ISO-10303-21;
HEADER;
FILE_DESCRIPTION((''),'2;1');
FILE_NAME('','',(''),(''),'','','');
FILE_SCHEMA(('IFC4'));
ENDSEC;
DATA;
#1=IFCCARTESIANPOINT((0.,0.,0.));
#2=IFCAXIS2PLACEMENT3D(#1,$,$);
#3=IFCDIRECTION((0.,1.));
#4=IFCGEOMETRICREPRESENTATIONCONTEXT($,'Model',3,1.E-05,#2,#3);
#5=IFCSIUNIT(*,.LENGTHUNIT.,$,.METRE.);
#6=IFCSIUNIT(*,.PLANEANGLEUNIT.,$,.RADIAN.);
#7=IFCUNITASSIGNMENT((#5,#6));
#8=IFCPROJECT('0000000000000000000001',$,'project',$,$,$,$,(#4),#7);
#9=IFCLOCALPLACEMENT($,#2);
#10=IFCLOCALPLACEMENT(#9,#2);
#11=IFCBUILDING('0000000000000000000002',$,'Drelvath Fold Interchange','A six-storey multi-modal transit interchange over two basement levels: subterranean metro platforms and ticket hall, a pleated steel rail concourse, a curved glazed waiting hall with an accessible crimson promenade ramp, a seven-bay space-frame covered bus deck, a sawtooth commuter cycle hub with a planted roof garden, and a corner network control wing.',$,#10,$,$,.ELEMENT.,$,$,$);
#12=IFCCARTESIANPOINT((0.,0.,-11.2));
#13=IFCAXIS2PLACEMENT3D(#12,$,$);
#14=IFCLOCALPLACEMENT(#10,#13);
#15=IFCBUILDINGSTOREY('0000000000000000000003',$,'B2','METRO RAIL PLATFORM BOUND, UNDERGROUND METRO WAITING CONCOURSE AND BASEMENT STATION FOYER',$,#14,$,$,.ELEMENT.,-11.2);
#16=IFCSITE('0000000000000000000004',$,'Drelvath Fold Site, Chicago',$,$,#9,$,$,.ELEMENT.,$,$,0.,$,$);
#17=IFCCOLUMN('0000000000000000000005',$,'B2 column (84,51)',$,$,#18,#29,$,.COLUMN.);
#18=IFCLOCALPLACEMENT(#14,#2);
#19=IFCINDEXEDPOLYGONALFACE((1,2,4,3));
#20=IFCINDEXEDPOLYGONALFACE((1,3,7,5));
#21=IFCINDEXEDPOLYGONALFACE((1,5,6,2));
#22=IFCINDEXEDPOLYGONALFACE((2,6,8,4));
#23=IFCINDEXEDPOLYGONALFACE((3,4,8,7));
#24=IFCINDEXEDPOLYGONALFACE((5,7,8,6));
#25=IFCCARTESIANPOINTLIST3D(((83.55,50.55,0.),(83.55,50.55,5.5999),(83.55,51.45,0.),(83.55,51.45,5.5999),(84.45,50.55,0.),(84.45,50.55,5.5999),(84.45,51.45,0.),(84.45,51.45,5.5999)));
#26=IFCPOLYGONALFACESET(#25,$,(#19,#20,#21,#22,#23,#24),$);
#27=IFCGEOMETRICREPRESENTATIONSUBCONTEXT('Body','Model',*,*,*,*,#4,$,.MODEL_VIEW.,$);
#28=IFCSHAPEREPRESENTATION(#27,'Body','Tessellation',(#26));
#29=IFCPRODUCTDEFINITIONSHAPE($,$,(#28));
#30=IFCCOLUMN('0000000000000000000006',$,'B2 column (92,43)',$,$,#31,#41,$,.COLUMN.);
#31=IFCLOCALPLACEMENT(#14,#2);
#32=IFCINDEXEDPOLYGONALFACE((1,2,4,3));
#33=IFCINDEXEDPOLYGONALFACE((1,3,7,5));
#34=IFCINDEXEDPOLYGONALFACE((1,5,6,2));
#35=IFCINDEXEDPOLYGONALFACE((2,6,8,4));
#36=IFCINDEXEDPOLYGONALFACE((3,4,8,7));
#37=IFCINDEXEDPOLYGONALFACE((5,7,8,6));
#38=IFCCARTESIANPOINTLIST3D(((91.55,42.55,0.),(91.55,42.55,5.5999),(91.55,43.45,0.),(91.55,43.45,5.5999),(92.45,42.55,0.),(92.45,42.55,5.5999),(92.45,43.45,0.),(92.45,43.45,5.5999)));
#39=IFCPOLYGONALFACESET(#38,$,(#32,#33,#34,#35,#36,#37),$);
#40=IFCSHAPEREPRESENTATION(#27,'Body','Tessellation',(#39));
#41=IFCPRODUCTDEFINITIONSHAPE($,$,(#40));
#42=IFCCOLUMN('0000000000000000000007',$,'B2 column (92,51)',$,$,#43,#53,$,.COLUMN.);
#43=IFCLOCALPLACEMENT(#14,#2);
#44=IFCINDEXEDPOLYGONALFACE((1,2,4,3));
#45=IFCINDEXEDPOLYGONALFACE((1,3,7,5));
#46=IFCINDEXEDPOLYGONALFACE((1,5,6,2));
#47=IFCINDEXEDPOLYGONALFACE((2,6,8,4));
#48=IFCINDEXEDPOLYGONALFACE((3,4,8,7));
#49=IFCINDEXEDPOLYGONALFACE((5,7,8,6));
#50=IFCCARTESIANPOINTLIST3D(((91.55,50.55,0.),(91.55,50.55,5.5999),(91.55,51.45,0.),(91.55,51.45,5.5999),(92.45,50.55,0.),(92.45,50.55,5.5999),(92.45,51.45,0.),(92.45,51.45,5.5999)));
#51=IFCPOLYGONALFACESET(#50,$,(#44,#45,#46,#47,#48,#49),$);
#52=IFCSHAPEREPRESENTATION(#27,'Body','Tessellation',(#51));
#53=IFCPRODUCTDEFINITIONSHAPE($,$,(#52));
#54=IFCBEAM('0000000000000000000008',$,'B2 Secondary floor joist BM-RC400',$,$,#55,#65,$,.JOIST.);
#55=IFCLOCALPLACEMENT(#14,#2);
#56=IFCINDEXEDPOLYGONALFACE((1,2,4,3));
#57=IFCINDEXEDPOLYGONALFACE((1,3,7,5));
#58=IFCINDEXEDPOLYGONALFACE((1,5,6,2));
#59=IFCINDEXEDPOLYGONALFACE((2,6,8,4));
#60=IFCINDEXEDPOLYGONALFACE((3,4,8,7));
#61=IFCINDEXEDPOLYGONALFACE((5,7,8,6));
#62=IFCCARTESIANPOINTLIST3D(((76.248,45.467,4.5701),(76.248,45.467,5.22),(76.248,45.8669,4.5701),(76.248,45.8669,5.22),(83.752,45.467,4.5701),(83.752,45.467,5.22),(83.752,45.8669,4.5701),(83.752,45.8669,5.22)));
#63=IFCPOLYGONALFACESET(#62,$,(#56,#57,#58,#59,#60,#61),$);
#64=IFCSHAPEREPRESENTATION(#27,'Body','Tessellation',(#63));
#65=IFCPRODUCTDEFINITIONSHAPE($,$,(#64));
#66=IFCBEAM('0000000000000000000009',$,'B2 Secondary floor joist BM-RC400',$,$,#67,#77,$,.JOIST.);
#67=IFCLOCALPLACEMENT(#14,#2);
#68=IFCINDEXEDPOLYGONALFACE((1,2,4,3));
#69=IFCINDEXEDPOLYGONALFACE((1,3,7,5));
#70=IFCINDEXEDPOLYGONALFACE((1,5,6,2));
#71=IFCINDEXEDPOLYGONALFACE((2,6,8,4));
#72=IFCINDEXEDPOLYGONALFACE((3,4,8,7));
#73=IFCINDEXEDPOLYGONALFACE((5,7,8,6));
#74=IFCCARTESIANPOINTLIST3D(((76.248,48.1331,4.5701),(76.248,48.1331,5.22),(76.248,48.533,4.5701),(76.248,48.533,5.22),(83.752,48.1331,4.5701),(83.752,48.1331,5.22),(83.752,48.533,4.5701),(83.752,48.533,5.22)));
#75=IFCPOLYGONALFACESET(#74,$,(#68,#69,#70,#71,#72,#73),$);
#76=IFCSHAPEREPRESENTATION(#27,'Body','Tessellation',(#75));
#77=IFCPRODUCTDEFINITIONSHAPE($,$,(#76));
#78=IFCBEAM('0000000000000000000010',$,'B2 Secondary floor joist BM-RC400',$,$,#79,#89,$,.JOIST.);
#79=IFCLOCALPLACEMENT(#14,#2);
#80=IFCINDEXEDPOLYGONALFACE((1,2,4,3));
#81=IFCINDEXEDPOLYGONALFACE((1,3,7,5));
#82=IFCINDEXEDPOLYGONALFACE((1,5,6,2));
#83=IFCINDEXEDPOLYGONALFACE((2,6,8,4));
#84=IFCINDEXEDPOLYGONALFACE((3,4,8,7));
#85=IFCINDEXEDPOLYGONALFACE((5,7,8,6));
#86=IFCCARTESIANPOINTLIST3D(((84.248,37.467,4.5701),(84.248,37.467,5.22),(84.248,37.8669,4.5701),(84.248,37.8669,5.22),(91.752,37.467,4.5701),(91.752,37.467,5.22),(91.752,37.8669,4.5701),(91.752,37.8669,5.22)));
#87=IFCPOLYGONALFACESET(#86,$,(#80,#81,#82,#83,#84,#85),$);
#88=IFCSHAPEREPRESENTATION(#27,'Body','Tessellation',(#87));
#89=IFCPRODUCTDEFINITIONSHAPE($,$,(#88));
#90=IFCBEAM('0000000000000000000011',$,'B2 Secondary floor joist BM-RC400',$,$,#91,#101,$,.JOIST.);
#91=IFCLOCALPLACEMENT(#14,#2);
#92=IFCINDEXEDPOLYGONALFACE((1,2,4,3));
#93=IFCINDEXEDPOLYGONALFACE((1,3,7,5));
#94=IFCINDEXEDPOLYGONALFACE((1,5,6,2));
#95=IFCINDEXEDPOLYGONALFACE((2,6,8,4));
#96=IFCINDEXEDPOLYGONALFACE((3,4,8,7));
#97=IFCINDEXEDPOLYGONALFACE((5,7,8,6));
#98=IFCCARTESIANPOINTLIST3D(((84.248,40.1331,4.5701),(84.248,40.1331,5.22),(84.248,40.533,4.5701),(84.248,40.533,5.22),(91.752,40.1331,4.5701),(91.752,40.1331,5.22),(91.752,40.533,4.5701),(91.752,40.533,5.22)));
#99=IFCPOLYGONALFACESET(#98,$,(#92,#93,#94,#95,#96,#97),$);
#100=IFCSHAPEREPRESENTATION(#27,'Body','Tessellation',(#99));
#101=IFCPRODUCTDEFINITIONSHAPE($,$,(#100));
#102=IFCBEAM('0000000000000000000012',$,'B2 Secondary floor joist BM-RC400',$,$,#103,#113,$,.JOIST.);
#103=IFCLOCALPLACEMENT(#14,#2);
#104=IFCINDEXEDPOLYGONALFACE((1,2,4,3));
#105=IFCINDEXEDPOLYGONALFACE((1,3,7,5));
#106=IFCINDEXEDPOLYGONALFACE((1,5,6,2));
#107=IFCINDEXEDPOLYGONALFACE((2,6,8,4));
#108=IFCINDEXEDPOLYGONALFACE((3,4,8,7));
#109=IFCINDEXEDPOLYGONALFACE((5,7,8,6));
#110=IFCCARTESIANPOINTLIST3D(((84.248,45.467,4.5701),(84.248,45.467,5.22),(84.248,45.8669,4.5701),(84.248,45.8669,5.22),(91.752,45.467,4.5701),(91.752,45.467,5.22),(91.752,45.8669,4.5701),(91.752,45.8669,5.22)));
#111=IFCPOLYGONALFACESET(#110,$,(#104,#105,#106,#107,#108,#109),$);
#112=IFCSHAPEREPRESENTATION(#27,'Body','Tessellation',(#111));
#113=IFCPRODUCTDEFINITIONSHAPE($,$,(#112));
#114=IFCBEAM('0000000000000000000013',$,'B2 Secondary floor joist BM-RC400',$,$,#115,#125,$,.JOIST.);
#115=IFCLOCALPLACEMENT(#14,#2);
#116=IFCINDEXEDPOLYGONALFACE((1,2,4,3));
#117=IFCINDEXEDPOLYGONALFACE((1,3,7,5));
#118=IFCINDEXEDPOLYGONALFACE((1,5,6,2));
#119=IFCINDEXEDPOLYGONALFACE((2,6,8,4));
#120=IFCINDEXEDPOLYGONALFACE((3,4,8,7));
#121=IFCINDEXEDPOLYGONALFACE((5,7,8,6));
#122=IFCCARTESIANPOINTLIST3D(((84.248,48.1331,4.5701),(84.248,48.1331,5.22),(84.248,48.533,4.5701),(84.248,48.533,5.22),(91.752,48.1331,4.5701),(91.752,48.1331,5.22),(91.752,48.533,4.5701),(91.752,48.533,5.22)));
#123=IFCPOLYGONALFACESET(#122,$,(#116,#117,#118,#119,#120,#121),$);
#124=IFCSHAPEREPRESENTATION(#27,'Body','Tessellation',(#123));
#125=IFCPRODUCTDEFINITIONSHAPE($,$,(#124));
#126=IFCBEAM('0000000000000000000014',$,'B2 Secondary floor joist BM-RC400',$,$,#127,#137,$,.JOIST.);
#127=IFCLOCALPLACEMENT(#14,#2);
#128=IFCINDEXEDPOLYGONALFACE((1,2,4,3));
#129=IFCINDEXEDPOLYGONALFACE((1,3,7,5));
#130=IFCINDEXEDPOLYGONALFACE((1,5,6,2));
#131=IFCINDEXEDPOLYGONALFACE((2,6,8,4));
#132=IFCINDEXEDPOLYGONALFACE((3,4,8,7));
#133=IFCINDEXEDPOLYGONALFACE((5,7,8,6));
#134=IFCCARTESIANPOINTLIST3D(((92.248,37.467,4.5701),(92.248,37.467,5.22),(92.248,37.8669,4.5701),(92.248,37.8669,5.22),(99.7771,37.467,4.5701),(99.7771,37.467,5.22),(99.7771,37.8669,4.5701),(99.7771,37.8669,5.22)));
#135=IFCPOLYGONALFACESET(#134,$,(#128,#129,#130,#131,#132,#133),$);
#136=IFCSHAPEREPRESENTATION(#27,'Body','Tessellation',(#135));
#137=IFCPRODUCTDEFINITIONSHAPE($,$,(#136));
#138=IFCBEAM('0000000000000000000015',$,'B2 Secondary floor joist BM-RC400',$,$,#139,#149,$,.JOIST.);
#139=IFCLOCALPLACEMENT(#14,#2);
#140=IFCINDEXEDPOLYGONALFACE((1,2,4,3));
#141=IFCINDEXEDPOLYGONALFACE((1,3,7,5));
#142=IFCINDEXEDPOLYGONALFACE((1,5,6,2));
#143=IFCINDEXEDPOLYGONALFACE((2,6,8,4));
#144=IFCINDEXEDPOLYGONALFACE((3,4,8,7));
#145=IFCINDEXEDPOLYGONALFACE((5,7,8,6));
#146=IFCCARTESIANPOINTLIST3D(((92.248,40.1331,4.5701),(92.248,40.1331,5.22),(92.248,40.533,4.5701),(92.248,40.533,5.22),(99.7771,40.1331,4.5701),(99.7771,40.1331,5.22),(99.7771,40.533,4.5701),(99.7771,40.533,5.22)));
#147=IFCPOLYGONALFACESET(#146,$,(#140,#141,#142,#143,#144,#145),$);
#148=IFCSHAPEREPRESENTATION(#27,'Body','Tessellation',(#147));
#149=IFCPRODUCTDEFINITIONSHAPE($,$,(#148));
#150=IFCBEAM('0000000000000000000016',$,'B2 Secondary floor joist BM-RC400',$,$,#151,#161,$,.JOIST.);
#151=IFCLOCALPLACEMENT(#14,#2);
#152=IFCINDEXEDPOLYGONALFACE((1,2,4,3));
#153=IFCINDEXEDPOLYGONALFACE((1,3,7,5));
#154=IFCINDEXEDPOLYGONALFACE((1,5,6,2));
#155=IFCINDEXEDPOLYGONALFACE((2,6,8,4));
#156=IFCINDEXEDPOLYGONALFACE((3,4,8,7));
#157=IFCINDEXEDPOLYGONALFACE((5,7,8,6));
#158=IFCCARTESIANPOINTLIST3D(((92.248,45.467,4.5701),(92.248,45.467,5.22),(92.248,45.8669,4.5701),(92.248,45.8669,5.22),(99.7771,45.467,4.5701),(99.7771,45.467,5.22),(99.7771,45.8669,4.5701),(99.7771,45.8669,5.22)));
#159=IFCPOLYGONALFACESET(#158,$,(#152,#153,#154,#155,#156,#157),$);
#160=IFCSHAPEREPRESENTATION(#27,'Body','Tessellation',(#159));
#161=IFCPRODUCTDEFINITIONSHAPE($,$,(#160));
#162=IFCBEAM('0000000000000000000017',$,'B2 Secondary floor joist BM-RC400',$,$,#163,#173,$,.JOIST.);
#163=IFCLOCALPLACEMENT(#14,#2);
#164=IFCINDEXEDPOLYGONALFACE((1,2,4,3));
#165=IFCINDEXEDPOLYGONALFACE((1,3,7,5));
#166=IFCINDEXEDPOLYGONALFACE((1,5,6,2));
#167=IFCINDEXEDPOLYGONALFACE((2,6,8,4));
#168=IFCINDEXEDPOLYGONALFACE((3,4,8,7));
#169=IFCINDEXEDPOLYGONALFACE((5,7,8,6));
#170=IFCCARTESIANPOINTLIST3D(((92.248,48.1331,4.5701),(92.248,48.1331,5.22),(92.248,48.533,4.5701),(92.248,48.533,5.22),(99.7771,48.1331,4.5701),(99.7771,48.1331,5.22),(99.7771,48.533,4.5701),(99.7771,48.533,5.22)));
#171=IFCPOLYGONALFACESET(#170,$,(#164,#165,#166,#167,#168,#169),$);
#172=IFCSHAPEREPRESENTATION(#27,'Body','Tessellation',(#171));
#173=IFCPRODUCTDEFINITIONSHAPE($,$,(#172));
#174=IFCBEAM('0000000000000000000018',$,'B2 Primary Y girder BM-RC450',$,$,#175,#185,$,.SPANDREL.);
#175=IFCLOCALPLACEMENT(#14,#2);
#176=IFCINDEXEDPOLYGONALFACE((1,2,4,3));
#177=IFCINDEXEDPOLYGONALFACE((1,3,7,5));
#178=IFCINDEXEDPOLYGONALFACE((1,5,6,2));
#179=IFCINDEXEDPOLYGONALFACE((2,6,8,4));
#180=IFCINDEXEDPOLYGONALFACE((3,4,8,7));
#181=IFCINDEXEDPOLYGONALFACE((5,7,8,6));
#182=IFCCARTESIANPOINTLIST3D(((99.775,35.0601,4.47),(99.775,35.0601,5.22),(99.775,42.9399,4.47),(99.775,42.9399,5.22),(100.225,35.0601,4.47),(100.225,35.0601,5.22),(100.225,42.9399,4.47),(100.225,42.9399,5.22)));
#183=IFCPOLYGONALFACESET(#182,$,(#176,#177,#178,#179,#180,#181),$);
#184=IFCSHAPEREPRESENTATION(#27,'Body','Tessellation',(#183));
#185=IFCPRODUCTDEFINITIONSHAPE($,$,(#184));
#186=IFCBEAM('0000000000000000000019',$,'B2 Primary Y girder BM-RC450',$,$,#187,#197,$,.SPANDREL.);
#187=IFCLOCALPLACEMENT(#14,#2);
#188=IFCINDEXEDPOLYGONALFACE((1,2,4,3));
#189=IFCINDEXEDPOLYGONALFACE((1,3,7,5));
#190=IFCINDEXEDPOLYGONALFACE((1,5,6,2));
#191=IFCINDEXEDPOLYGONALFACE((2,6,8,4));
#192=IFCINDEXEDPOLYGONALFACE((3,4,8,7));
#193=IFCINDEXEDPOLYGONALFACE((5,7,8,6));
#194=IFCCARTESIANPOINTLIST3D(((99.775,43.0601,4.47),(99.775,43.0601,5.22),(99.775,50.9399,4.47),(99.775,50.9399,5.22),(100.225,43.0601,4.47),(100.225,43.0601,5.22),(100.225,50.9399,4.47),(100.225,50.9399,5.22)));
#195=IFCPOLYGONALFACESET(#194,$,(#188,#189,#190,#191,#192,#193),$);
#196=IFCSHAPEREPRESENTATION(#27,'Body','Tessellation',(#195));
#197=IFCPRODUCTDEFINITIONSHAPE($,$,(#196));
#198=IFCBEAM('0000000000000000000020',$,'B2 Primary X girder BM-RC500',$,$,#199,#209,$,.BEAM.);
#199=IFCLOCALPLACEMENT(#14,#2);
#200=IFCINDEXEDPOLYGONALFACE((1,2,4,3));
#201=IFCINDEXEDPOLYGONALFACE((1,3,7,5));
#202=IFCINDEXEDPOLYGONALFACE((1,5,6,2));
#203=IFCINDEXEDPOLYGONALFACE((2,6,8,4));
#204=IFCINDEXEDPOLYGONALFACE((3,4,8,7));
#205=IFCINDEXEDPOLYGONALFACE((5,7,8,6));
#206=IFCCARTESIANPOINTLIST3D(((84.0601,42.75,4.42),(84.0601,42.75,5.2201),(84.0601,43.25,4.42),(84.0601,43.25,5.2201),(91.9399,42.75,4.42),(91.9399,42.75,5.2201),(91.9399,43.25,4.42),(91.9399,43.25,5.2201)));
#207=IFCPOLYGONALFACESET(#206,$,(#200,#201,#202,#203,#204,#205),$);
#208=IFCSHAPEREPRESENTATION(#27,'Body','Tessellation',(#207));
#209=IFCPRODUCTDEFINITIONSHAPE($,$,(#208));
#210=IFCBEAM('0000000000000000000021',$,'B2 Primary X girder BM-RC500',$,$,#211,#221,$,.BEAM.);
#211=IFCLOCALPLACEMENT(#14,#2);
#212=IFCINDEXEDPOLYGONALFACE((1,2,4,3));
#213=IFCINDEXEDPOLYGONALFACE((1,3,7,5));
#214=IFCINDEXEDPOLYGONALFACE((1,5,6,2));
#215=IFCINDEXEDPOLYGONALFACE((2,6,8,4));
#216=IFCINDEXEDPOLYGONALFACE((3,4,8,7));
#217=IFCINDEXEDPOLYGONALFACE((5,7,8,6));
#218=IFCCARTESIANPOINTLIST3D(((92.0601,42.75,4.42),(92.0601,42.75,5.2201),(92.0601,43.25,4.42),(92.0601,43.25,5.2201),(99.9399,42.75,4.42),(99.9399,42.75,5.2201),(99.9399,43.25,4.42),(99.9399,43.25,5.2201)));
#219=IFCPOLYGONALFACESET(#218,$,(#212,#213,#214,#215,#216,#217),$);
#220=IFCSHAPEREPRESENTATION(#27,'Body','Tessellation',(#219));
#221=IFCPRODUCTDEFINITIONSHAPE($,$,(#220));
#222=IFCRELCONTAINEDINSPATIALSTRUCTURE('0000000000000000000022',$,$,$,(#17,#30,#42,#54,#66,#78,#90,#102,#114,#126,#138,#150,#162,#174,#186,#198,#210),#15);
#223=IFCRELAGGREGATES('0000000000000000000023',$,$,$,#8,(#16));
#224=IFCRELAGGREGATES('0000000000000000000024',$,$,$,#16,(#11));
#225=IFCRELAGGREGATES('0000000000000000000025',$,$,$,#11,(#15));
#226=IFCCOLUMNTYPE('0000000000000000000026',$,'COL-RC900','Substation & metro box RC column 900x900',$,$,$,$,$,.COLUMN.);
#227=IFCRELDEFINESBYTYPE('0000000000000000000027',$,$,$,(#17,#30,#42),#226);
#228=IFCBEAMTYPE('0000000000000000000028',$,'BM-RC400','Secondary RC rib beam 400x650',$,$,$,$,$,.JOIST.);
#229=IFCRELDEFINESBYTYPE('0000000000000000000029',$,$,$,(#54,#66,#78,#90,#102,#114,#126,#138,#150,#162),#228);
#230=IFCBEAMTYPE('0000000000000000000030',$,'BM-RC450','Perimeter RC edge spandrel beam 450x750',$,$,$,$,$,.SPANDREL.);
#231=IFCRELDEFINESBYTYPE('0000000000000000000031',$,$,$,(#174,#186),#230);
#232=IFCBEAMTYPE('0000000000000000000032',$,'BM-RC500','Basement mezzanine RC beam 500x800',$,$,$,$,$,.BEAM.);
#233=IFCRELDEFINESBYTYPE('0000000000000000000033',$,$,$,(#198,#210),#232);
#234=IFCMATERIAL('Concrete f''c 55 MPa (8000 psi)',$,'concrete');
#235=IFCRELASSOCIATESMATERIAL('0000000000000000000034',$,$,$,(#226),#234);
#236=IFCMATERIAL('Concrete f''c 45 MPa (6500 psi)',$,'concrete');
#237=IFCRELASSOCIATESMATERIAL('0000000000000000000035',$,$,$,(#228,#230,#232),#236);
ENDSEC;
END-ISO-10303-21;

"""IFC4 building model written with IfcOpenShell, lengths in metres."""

from ifc_helpers import new_model, si_unit, direction, frame, origin, origin_2d, place, context, subcontext, project, spatial, rectangle, extrude, material, material_profile, profile_set, type_object, element, save


model = new_model("IFC4")

# Units and contexts
model_context = context("Model", 3, precision=1e-05, world=origin(), true_north=direction((0.0, 1.0)))
body_context = subcontext(model_context, "Body", "Model", "MODEL_VIEW")
ifc_project = project(units=[si_unit("LENGTHUNIT", "METRE"), si_unit("PLANEANGLEUNIT", "RADIAN")], contexts=[model_context])

# Site, building, storey
site_placement = place(None, origin())
site = spatial("IfcSite", under=ifc_project, at=site_placement, Name="Drelvath Fold Site, Chicago", CompositionType="ELEMENT", RefElevation=0.0)
building_placement = place(site_placement, origin())
building = spatial("IfcBuilding", under=site, at=building_placement, Name="Drelvath Fold Interchange", Description="A six-storey multi-modal transit interchange over two basement levels: subterranean metro platforms and ticket hall, a pleated steel rail concourse, a curved glazed waiting hall with an accessible crimson promenade ramp, a seven-bay space-frame covered bus deck, a sawtooth commuter cycle hub with a planted roof garden, and a corner network control wing.", CompositionType="ELEMENT")
storey_placement = place(building_placement, frame((0.0, 0.0, -11.2)))
storey = spatial("IfcBuildingStorey", under=building, at=storey_placement, Name="B2", Description="METRO RAIL PLATFORM BOUND, UNDERGROUND METRO WAITING CONCOURSE AND BASEMENT STATION FOYER", CompositionType="ELEMENT", Elevation=-11.2)

# Shared definitions
ifc_material_1 = material(Name="Concrete f'c 55 MPa (8000 psi)", Category="concrete")

# Columns
ifc_material_profile_1 = material_profile(ifc_material_1, rectangle(XDim=0.8999, YDim=0.8999, at=origin_2d()), Name="RC 900x900")
ifc_profile_set_1 = profile_set([ifc_material_profile_1], Name="Concrete f'c 55 MPa (8000 psi)")
column_type_1 = type_object("IfcColumnType", Name="COL-RC900", Description="Substation & metro box RC column 900x900", PredefinedType="COLUMN", material=ifc_profile_set_1)
for number, where, z_axis, x_axis, name in (
    (1, (84.0, 51.0, 0.0), (0.0, 0.0, 1.0), (1.0, 0.0, 0.0), "B2 column (84,51)"),
    (2, (92.0, 43.0, 0.0), (0.0, 0.0, 1.0), (1.0, 0.0, 0.0), "B2 column (92,43)"),
    (3, (92.0, 51.0, 0.0), (0.0, 0.0, 1.0), (1.0, 0.0, 0.0), "B2 column (92,51)"),
):
    element("IfcColumn", number, at=place(storey_placement, frame(where, z_axis=z_axis, x_axis=x_axis)), inside=storey, type_object=column_type_1, Name=name, PredefinedType="COLUMN", context=body_context, shape_type="SweptSolid", body=[
        extrude(rectangle(XDim=0.8999, YDim=0.8999, at=origin_2d()), origin(), (0.0, 0.0, 1.0), 5.5999),
    ])

# Beams
ifc_material_2 = material(Name="Concrete f'c 45 MPa (6500 psi)", Category="concrete")
ifc_material_profile_2 = material_profile(ifc_material_2, rectangle(XDim=0.3999, YDim=0.6499, at=origin_2d()), Name="RC 400x650")
ifc_profile_set_2 = profile_set([ifc_material_profile_2], Name="Concrete f'c 45 MPa (6500 psi)")
beam_type_1 = type_object("IfcBeamType", Name="BM-RC400", Description="Secondary RC rib beam 400x650", PredefinedType="JOIST", material=ifc_profile_set_2)
for number, where, z_axis, x_axis, name in (
    (4, (76.248, 45.667, 4.895), (1.0, 0.0, 0.0), (0.0, 1.0, 0.0), "B2 Secondary floor joist BM-RC400"),
    (5, (76.248, 48.333, 4.895), (1.0, 0.0, 0.0), (0.0, 1.0, 0.0), "B2 Secondary floor joist BM-RC400"),
    (6, (84.248, 37.667, 4.895), (1.0, 0.0, 0.0), (0.0, 1.0, 0.0), "B2 Secondary floor joist BM-RC400"),
    (7, (84.248, 40.333, 4.895), (1.0, 0.0, 0.0), (0.0, 1.0, 0.0), "B2 Secondary floor joist BM-RC400"),
    (8, (84.248, 45.667, 4.895), (1.0, 0.0, 0.0), (0.0, 1.0, 0.0), "B2 Secondary floor joist BM-RC400"),
    (9, (84.248, 48.333, 4.895), (1.0, 0.0, 0.0), (0.0, 1.0, 0.0), "B2 Secondary floor joist BM-RC400"),
):
    element("IfcBeam", number, at=place(storey_placement, frame(where, z_axis=z_axis, x_axis=x_axis)), inside=storey, type_object=beam_type_1, Name=name, PredefinedType="JOIST", context=body_context, shape_type="SweptSolid", body=[
        extrude(rectangle(XDim=0.3999, YDim=0.6499, at=origin_2d()), origin(), (0.0, 0.0, 1.0), 7.5039),
    ])
for number, where, z_axis, x_axis, name in (
    (10, (92.248, 37.667, 4.895), (1.0, 0.0, 0.0), (0.0, 1.0, 0.0), "B2 Secondary floor joist BM-RC400"),
    (11, (92.248, 40.333, 4.895), (1.0, 0.0, 0.0), (0.0, 1.0, 0.0), "B2 Secondary floor joist BM-RC400"),
    (12, (92.248, 45.667, 4.895), (1.0, 0.0, 0.0), (0.0, 1.0, 0.0), "B2 Secondary floor joist BM-RC400"),
    (13, (92.248, 48.333, 4.895), (1.0, 0.0, 0.0), (0.0, 1.0, 0.0), "B2 Secondary floor joist BM-RC400"),
):
    element("IfcBeam", number, at=place(storey_placement, frame(where, z_axis=z_axis, x_axis=x_axis)), inside=storey, type_object=beam_type_1, Name=name, PredefinedType="JOIST", context=body_context, shape_type="SweptSolid", body=[
        extrude(rectangle(XDim=0.3999, YDim=0.6499, at=origin_2d()), origin(), (0.0, 0.0, 1.0), 7.5291),
    ])
ifc_material_profile_3 = material_profile(ifc_material_2, rectangle(XDim=0.45, YDim=0.75, at=origin_2d()), Name="RC 450x750")
ifc_profile_set_3 = profile_set([ifc_material_profile_3], Name="Concrete f'c 45 MPa (6500 psi)")
beam_type_2 = type_object("IfcBeamType", Name="BM-RC450", Description="Perimeter RC edge spandrel beam 450x750", PredefinedType="SPANDREL", material=ifc_profile_set_3)
for number, where, z_axis, x_axis, name in (
    (14, (100.0, 35.0601, 4.845), (0.0, 1.0, 0.0), (-1.0, 0.0, 0.0), "B2 Primary Y girder BM-RC450"),
    (15, (100.0, 43.0601, 4.845), (0.0, 1.0, 0.0), (-1.0, 0.0, 0.0), "B2 Primary Y girder BM-RC450"),
):
    element("IfcBeam", number, at=place(storey_placement, frame(where, z_axis=z_axis, x_axis=x_axis)), inside=storey, type_object=beam_type_2, Name=name, PredefinedType="SPANDREL", context=body_context, shape_type="SweptSolid", body=[
        extrude(rectangle(XDim=0.45, YDim=0.75, at=origin_2d()), origin(), (0.0, 0.0, 1.0), 7.8799),
    ])
ifc_material_profile_4 = material_profile(ifc_material_2, rectangle(XDim=0.5, YDim=0.8, at=origin_2d()), Name="RC 500x800")
ifc_profile_set_4 = profile_set([ifc_material_profile_4], Name="Concrete f'c 45 MPa (6500 psi)")
beam_type_3 = type_object("IfcBeamType", Name="BM-RC500", Description="Basement mezzanine RC beam 500x800", PredefinedType="BEAM", material=ifc_profile_set_4)
for number, where, z_axis, x_axis, name in (
    (16, (84.0601, 43.0, 4.8201), (1.0, 0.0, 0.0), (0.0, 1.0, 0.0), "B2 Primary X girder BM-RC500"),
    (17, (92.0601, 43.0, 4.8201), (1.0, 0.0, 0.0), (0.0, 1.0, 0.0), "B2 Primary X girder BM-RC500"),
):
    element("IfcBeam", number, at=place(storey_placement, frame(where, z_axis=z_axis, x_axis=x_axis)), inside=storey, type_object=beam_type_3, Name=name, PredefinedType="BEAM", context=body_context, shape_type="SweptSolid", body=[
        extrude(rectangle(XDim=0.5, YDim=0.8, at=origin_2d()), origin(), (0.0, 0.0, 1.0), 7.8799),
    ])

save(model, "model.ifc")
